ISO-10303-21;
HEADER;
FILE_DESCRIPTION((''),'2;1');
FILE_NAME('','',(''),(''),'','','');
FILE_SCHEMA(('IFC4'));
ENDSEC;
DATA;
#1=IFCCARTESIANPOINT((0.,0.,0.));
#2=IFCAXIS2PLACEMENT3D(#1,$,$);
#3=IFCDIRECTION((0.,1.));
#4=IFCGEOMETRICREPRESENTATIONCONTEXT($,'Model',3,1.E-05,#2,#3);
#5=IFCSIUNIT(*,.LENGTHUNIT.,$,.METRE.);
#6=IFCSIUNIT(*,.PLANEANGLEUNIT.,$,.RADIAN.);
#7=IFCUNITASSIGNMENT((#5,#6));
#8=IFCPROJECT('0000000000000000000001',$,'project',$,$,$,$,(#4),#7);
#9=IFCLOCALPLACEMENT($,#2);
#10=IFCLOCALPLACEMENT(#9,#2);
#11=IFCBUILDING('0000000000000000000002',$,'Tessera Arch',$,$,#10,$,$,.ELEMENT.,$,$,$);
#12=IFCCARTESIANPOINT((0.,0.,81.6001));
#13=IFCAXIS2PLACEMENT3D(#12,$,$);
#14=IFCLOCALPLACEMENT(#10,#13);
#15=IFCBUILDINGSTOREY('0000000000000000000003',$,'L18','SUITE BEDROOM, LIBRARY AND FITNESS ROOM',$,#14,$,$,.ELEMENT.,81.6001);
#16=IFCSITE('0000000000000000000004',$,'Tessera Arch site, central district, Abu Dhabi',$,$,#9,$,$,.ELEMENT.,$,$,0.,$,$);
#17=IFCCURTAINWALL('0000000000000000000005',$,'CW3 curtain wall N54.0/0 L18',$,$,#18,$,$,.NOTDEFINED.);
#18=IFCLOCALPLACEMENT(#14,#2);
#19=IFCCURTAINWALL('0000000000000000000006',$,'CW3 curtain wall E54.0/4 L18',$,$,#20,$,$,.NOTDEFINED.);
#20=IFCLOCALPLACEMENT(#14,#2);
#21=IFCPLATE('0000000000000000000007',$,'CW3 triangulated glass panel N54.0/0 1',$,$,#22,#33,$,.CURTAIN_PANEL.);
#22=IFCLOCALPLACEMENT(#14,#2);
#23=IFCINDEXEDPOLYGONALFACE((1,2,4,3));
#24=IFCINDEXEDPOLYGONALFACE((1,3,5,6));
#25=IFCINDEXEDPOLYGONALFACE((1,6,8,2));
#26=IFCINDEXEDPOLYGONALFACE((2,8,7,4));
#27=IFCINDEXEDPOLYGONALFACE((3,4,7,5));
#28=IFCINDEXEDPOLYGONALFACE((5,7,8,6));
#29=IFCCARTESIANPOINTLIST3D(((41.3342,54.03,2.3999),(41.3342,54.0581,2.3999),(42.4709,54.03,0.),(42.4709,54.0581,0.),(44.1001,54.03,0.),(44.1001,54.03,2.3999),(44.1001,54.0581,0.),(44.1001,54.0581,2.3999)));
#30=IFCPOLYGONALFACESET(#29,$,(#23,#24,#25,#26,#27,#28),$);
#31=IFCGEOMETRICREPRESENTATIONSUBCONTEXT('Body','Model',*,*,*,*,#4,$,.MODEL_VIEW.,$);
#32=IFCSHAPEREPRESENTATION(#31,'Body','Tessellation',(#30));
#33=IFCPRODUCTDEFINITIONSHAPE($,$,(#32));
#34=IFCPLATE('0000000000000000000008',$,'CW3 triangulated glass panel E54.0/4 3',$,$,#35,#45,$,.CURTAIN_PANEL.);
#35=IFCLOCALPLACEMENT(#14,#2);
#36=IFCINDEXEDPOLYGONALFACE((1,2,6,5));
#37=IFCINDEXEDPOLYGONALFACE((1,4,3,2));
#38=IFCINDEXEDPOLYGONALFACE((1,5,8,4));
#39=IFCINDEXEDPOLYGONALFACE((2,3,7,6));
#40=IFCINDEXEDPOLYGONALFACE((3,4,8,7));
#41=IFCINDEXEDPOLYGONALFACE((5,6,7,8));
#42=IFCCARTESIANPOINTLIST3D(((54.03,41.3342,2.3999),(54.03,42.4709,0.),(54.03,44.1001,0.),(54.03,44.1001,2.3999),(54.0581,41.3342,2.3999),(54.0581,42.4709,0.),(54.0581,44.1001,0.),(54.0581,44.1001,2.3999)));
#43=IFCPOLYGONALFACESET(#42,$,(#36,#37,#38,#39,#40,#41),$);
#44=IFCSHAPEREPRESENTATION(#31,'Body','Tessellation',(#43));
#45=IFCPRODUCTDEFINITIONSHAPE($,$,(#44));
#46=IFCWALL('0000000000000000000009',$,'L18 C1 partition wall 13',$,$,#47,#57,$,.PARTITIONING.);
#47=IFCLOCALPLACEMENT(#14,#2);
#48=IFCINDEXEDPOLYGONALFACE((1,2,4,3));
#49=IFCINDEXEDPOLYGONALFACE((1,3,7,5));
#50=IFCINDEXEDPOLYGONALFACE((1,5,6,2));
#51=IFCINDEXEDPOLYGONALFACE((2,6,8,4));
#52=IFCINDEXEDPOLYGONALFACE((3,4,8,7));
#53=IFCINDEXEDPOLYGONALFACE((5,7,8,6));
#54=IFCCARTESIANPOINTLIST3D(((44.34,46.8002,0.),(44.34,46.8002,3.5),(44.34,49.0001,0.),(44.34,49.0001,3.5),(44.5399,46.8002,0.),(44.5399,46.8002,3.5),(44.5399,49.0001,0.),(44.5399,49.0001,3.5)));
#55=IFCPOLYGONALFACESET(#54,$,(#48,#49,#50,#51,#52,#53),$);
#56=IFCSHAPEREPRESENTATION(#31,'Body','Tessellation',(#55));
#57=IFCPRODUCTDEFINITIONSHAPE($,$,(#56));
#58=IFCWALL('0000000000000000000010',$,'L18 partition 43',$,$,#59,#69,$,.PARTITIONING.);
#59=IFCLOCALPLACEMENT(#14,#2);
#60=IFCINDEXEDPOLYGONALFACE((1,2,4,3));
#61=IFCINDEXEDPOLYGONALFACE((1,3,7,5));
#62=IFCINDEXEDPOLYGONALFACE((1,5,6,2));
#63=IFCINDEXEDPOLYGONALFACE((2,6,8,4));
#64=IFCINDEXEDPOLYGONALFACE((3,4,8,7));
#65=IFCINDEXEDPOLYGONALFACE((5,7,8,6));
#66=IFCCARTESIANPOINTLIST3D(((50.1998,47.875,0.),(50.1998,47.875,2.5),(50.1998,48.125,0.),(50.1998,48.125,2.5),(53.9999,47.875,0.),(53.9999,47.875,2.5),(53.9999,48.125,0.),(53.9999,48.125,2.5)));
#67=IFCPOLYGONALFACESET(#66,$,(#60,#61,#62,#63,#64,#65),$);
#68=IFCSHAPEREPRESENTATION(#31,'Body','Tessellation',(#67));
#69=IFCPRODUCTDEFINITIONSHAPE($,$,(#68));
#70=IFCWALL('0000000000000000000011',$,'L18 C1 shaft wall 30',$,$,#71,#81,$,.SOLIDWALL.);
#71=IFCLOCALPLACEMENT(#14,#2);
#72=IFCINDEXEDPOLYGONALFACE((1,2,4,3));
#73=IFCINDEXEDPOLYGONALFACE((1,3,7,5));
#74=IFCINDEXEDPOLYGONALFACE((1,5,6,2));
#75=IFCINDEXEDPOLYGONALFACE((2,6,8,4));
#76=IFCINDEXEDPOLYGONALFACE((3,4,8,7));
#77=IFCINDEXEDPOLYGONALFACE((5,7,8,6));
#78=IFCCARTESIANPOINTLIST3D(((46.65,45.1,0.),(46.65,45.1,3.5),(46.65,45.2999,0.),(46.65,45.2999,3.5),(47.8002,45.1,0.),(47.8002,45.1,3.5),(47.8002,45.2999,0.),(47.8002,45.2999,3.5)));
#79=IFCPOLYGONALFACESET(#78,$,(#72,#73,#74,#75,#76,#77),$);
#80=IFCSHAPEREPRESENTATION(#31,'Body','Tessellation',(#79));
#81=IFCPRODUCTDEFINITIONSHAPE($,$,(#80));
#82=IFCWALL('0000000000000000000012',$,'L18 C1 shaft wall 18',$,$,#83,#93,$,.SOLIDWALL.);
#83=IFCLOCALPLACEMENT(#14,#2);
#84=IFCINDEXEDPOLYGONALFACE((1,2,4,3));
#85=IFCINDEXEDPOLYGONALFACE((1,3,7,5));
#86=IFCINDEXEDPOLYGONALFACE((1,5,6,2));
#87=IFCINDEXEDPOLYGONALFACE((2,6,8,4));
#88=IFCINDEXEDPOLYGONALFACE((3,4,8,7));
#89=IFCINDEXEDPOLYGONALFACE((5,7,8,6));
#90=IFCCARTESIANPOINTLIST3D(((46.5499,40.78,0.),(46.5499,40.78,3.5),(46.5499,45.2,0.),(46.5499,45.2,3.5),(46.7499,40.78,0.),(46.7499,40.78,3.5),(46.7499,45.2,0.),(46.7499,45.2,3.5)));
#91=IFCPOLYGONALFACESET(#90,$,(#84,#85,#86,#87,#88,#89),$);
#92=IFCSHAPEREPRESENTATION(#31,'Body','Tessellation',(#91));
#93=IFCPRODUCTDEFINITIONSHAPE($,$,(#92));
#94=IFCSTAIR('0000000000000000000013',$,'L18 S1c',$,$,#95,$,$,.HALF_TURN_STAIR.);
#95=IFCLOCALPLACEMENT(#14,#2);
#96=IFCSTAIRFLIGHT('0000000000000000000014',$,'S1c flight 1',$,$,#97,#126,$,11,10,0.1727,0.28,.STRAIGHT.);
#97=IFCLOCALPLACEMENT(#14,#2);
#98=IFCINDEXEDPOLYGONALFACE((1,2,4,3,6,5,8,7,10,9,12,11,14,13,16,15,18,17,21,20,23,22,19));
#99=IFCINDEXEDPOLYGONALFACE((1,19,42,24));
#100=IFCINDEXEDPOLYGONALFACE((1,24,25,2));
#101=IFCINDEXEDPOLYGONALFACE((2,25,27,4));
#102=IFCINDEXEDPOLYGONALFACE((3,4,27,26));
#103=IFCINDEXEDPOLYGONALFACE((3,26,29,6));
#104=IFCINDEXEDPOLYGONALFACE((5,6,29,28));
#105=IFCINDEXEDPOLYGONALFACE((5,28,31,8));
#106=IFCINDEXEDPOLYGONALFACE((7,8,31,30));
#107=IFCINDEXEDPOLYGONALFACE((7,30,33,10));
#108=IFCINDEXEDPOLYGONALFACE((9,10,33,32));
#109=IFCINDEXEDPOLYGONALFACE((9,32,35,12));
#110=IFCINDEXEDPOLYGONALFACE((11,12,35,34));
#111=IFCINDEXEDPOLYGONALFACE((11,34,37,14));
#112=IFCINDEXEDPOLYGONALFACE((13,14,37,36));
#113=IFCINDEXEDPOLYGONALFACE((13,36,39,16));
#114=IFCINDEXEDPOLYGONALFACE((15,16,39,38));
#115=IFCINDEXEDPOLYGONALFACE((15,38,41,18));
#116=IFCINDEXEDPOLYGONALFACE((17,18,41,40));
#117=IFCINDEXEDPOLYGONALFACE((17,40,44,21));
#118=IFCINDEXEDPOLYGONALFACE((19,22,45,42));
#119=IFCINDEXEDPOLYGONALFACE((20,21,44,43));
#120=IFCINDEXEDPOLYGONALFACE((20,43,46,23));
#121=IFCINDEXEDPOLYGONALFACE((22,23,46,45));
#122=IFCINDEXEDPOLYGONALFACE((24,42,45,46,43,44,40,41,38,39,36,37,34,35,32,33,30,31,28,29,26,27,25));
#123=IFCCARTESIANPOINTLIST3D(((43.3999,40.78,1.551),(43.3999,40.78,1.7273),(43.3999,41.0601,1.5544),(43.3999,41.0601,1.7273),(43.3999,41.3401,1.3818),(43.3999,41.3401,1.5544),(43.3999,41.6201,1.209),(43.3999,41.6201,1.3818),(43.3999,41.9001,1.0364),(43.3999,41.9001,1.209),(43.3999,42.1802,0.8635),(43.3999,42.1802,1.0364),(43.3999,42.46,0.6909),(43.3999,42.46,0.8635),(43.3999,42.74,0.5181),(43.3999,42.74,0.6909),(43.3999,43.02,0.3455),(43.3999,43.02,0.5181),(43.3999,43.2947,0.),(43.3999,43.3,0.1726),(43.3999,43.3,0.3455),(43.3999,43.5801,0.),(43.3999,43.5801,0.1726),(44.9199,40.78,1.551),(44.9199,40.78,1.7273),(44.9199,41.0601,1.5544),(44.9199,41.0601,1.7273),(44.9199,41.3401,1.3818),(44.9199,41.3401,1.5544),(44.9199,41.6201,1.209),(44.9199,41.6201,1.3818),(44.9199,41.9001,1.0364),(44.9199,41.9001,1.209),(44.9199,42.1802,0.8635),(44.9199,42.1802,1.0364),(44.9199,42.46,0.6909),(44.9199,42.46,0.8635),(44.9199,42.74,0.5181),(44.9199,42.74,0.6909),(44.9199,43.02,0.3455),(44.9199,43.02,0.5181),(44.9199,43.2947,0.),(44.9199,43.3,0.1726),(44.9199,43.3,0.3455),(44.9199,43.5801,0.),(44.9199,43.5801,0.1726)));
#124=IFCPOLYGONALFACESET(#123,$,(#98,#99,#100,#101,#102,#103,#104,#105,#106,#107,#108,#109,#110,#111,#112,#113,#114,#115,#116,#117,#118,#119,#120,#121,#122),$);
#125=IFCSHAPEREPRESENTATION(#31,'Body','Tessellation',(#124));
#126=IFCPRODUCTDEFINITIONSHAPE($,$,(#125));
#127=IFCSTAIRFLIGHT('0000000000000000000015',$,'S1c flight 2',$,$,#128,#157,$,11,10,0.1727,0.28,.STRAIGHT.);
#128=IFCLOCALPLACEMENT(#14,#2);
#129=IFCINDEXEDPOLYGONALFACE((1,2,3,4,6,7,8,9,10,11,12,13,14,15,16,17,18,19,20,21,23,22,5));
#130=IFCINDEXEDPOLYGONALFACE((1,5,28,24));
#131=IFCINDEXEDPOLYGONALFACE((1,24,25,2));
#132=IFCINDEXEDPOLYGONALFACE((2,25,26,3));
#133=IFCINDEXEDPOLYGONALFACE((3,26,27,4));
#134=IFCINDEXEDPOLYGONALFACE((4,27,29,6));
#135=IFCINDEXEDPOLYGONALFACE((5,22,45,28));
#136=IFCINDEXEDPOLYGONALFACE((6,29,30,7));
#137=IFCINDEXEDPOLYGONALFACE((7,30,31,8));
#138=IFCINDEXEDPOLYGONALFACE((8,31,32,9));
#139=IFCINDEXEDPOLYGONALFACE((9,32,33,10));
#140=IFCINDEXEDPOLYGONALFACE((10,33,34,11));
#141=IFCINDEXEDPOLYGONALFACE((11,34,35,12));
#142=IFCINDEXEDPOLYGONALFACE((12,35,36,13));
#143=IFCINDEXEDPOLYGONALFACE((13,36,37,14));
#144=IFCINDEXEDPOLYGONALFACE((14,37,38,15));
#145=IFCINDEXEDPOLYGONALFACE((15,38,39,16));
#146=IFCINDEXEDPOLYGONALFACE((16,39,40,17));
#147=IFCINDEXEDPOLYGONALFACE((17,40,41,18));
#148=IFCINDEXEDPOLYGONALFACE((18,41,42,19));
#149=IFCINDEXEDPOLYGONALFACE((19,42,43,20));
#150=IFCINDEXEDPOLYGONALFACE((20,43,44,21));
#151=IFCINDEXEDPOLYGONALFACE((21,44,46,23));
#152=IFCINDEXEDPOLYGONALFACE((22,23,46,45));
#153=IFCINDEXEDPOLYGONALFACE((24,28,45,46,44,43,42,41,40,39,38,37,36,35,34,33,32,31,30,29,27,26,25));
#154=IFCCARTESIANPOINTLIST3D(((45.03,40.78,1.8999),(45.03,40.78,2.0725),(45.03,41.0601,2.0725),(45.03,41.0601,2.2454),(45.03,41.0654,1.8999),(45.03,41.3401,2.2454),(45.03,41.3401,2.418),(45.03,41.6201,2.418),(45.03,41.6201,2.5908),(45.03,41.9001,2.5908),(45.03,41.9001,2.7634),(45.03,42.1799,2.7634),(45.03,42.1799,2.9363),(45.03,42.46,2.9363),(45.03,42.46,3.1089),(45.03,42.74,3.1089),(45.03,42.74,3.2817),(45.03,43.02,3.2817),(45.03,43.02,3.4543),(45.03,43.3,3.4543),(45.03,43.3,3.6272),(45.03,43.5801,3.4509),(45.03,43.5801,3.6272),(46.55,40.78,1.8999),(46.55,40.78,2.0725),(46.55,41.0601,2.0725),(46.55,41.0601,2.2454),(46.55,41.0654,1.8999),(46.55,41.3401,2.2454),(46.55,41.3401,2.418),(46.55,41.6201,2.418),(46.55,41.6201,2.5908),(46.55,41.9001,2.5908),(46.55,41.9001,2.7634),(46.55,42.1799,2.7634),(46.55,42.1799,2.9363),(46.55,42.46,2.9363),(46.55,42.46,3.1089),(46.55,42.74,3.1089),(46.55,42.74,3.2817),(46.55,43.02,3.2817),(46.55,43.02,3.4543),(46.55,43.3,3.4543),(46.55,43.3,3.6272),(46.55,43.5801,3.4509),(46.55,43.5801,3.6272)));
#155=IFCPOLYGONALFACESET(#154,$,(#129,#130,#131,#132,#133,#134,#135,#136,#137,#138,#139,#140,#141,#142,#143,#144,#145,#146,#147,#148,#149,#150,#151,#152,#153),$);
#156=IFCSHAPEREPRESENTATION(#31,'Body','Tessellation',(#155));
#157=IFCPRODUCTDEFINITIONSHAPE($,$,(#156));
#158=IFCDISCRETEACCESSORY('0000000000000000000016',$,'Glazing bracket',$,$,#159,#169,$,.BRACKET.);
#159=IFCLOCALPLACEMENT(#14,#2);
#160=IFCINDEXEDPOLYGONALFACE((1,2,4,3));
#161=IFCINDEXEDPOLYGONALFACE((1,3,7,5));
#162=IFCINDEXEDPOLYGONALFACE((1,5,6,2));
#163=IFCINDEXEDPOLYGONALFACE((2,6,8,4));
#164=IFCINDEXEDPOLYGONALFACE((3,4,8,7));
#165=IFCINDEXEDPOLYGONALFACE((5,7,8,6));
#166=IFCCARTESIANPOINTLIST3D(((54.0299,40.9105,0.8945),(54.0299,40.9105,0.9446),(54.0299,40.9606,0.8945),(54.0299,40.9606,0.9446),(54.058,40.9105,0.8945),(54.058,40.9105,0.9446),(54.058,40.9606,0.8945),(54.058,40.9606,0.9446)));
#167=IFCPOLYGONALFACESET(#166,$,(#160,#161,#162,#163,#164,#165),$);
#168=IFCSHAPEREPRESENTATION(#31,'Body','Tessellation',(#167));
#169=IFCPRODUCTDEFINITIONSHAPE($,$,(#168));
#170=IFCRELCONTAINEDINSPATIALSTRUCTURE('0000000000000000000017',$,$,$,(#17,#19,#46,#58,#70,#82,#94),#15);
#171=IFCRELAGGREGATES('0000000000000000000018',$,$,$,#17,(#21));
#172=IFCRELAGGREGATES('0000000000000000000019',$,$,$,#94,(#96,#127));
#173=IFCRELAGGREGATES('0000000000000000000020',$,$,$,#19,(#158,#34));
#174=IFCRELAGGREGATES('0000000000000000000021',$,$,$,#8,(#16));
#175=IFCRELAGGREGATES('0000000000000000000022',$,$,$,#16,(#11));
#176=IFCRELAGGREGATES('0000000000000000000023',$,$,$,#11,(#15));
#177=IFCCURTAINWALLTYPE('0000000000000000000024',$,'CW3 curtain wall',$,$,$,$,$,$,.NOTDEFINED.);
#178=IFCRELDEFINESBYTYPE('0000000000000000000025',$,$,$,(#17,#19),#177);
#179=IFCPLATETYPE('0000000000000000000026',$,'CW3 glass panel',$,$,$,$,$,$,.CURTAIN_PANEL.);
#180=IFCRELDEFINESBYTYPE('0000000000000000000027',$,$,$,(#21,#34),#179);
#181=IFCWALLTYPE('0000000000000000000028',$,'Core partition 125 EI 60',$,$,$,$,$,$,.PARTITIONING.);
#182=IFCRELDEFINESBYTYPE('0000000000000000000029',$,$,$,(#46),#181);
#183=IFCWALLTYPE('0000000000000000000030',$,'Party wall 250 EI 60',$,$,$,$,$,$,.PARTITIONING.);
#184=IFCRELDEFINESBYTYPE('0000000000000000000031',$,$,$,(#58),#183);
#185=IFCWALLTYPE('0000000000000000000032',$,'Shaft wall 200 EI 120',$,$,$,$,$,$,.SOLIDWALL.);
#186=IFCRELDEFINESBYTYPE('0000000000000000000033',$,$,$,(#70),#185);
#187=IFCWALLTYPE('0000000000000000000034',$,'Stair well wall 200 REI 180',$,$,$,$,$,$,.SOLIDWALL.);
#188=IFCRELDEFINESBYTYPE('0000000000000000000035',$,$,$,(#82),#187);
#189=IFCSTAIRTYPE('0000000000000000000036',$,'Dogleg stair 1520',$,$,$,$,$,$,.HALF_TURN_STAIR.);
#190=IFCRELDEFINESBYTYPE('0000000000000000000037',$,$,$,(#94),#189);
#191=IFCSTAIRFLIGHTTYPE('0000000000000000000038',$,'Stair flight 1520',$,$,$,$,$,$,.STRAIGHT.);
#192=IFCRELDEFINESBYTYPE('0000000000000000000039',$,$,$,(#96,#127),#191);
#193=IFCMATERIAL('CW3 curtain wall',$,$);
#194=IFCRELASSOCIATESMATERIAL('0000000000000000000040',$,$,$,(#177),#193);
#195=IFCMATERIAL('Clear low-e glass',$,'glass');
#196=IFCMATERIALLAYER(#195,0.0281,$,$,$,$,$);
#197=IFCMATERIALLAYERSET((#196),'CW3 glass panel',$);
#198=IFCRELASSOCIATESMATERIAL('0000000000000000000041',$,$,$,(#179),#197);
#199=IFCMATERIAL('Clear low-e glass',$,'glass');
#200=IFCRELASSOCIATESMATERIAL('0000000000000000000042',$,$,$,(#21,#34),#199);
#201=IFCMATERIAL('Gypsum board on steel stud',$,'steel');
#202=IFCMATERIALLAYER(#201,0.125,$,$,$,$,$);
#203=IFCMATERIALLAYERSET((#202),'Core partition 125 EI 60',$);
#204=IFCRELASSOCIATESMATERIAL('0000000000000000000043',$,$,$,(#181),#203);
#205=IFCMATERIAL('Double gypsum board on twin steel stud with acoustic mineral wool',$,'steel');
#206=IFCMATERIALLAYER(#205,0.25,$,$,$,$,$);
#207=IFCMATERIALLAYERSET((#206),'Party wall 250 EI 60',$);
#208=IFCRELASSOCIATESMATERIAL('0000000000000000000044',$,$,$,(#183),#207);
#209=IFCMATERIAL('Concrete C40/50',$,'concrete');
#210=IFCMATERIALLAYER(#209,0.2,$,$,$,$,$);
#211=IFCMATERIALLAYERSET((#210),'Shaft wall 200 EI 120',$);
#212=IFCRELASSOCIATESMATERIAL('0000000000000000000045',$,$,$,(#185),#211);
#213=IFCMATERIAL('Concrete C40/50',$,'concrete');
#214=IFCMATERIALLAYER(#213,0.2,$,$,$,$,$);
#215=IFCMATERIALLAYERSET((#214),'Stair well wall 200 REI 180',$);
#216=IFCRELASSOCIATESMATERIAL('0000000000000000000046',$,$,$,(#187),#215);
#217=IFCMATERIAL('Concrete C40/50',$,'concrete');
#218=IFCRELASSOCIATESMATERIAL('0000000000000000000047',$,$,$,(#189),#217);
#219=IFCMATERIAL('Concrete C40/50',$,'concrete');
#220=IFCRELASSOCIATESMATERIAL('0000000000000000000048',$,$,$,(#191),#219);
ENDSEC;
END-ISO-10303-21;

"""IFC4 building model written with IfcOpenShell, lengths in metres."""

from ifc_helpers import new_model, si_unit, direction, frame, frame_2d, origin, origin_2d, place, context, subcontext, project, spatial, polyline, rectangle, outline, extrude, material, layer, layer_set, type_object, element, aggregate, save


model = new_model("IFC4")

# Units and contexts
model_context = context("Model", 3, precision=1e-05, world=origin(), true_north=direction((0.0, 1.0)))
body_context = subcontext(model_context, "Body", "Model", "MODEL_VIEW")
ifc_project = project(units=[si_unit("LENGTHUNIT", "METRE"), si_unit("PLANEANGLEUNIT", "RADIAN")], contexts=[model_context])

# Site, building, storey
site_placement = place(None, origin())
site = spatial("IfcSite", under=ifc_project, at=site_placement, Name="Tessera Arch site, central district, Abu Dhabi", CompositionType="ELEMENT", RefElevation=0.0)
building_placement = place(site_placement, origin())
building = spatial("IfcBuilding", under=site, at=building_placement, Name="Tessera Arch", CompositionType="ELEMENT")
storey_placement = place(building_placement, frame((0.0, 0.0, 81.6001)))
storey = spatial("IfcBuildingStorey", under=building, at=storey_placement, Name="L18", Description="SUITE BEDROOM, LIBRARY AND FITNESS ROOM", CompositionType="ELEMENT", Elevation=81.6001)

# Curtain wall
ifc_material_1 = material(Name="CW3 curtain wall")
curtain_wall_type_1 = type_object("IfcCurtainWallType", Name="CW3 curtain wall", PredefinedType="NOTDEFINED", material=ifc_material_1)
curtain_wall_1_placement = place(storey_placement, origin())
curtain_wall_1 = element("IfcCurtainWall", 1, at=curtain_wall_1_placement, inside=storey, type_object=curtain_wall_type_1, Name="CW3 curtain wall N54.0/0 L18", PredefinedType="NOTDEFINED")

# Shared definitions
ifc_material_2 = material(Name="Clear low-e glass", Category="glass")

# Curtain wall
curtain_wall_2_placement = place(storey_placement, origin())
curtain_wall_2 = element("IfcCurtainWall", 2, at=curtain_wall_2_placement, inside=storey, type_object=curtain_wall_type_1, Name="CW3 curtain wall E54.0/4 L18", PredefinedType="NOTDEFINED")

# Plates
ifc_material_3 = material(Name="Clear low-e glass", Category="glass")
ifc_layer_1 = layer(ifc_material_3, 0.0281)
ifc_layer_set_1 = layer_set([ifc_layer_1], Name="CW3 glass panel")
plate_type_1 = type_object("IfcPlateType", Name="CW3 glass panel", PredefinedType="CURTAIN_PANEL", material=ifc_layer_set_1)
plate_1_placement = place(storey_placement, frame((44.1001, 54.0581, 0.0), z_axis=(0.0, 1.0, 0.0), x_axis=(-1.0, 0.0, 0.0)))
plate_1 = element("IfcPlate", 3, at=plate_1_placement, type_object=plate_type_1, material=ifc_material_2, Name="CW3 triangulated glass panel N54.0/0 1", PredefinedType="CURTAIN_PANEL", context=body_context, shape_type="SweptSolid", body=[
    extrude(outline(polyline([(0.0, 0.0), (1.6292, 0.0), (2.7659, 2.3999), (0.0, 2.3999), (0.0, 0.0)])), origin(), (0.0, 0.0, -1.0), 0.0281),
])
aggregate(curtain_wall_1, [plate_1])
plate_2_placement = place(storey_placement, frame((54.0581, 44.1001, 2.3999), z_axis=(1.0, 0.0, 0.0), x_axis=(0.0, -1.0, 0.0)))
plate_2 = element("IfcPlate", 4, at=plate_2_placement, type_object=plate_type_1, material=ifc_material_2, Name="CW3 triangulated glass panel E54.0/4 3", PredefinedType="CURTAIN_PANEL", context=body_context, shape_type="SweptSolid", body=[
    extrude(outline(polyline([(0.0, 0.0), (2.7659, 0.0), (1.6292, 2.3999), (0.0, 2.3999), (0.0, 0.0)])), origin(), (0.0, 0.0, -1.0), 0.0281),
])

# Walls
ifc_material_4 = material(Name="Gypsum board on steel stud", Category="steel")
ifc_layer_2 = layer(ifc_material_4, 0.125)
ifc_layer_set_2 = layer_set([ifc_layer_2], Name="Core partition 125 EI 60")
wall_type_1 = type_object("IfcWallType", Name="Core partition 125 EI 60", PredefinedType="PARTITIONING", material=ifc_layer_set_2)
wall_1_placement = place(storey_placement, frame((44.4399, 46.8, 0.0), z_axis=(0.0, 0.0, 1.0), x_axis=(0.0, 1.0, 0.0)))
element("IfcWall", 5, at=wall_1_placement, inside=storey, type_object=wall_type_1, Name="L18 C1 partition wall 13", PredefinedType="PARTITIONING", context=body_context, shape_type="SweptSolid", body=[
    extrude(rectangle(XDim=2.2, YDim=0.2, at=frame_2d((1.1001, 0.0))), origin(), (0.0, 0.0, 1.0), 3.5),
])
ifc_material_5 = material(Name="Double gypsum board on twin steel stud with acoustic mineral wool", Category="steel")
ifc_layer_3 = layer(ifc_material_5, 0.25)
ifc_layer_set_3 = layer_set([ifc_layer_3], Name="Party wall 250 EI 60")
wall_type_2 = type_object("IfcWallType", Name="Party wall 250 EI 60", PredefinedType="PARTITIONING", material=ifc_layer_set_3)
wall_2_placement = place(storey_placement, frame((50.2, 48.0, 0.0), z_axis=(0.0, 0.0, 1.0), x_axis=(1.0, 0.0, 0.0)))
element("IfcWall", 6, at=wall_2_placement, inside=storey, type_object=wall_type_2, Name="L18 partition 43", PredefinedType="PARTITIONING", context=body_context, shape_type="SweptSolid", body=[
    extrude(rectangle(XDim=3.8, YDim=0.25, at=frame_2d((1.8999, 0.0))), origin(), (0.0, 0.0, 1.0), 2.5),
])
ifc_material_6 = material(Name="Concrete C40/50", Category="concrete")
ifc_layer_4 = layer(ifc_material_6, 0.2)
ifc_layer_set_4 = layer_set([ifc_layer_4], Name="Shaft wall 200 EI 120")
wall_type_3 = type_object("IfcWallType", Name="Shaft wall 200 EI 120", PredefinedType="SOLIDWALL", material=ifc_layer_set_4)
wall_3_placement = place(storey_placement, frame((46.6499, 45.2, 0.0), z_axis=(0.0, 0.0, 1.0), x_axis=(1.0, 0.0, 0.0)))
element("IfcWall", 7, at=wall_3_placement, inside=storey, type_object=wall_type_3, Name="L18 C1 shaft wall 30", PredefinedType="SOLIDWALL", context=body_context, shape_type="SweptSolid", body=[
    extrude(rectangle(XDim=1.1501, YDim=0.2, at=frame_2d((0.5752, 0.0))), origin(), (0.0, 0.0, 1.0), 3.5),
])
ifc_material_7 = material(Name="Concrete C40/50", Category="concrete")
ifc_layer_5 = layer(ifc_material_7, 0.2)
ifc_layer_set_5 = layer_set([ifc_layer_5], Name="Stair well wall 200 REI 180")
wall_type_4 = type_object("IfcWallType", Name="Stair well wall 200 REI 180", PredefinedType="SOLIDWALL", material=ifc_layer_set_5)
wall_4_placement = place(storey_placement, frame((46.6499, 40.78, 0.0), z_axis=(0.0, 0.0, 1.0), x_axis=(0.0, 1.0, 0.0)))
element("IfcWall", 8, at=wall_4_placement, inside=storey, type_object=wall_type_4, Name="L18 C1 shaft wall 18", PredefinedType="SOLIDWALL", context=body_context, shape_type="SweptSolid", body=[
    extrude(rectangle(XDim=4.4199, YDim=0.2, at=frame_2d((2.21, 0.0))), origin(), (0.0, 0.0, 1.0), 3.5),
])

# Stair, stair flights
ifc_material_8 = material(Name="Concrete C40/50", Category="concrete")
stair_type = type_object("IfcStairType", Name="Dogleg stair 1520", PredefinedType="HALF_TURN_STAIR", material=ifc_material_8)
stair_placement = place(storey_placement, origin())
stair = element("IfcStair", 9, at=stair_placement, inside=storey, type_object=stair_type, Name="L18 S1c", PredefinedType="HALF_TURN_STAIR")
ifc_material_9 = material(Name="Concrete C40/50", Category="concrete")
stair_flight_type = type_object("IfcStairFlightType", Name="Stair flight 1520", PredefinedType="STRAIGHT", material=ifc_material_9)
stair_flight_1_placement = place(storey_placement, frame((44.1599, 43.5801, 0.0), z_axis=(0.0, 0.0, 1.0), x_axis=(0.0, -1.0, 0.0)))
stair_flight_1 = element("IfcStairFlight", 10, at=stair_flight_1_placement, type_object=stair_flight_type, Name="S1c flight 1", NumberOfRisers=11, NumberOfTreads=10, PredefinedType="STRAIGHT", RiserHeight=0.1727, TreadLength=0.28, context=body_context, shape_type="SweptSolid", body=[
    extrude(outline(polyline([(0.0, 0.0), (0.0, 0.1726), (0.28, 0.1726), (0.28, 0.3455), (0.5601, 0.3455), (0.5601, 0.5181), (0.8401, 0.5181), (0.8401, 0.6909), (1.1201, 0.6909), (1.1201, 0.8635), (1.3999, 0.8635), (1.3999, 1.0364), (1.6799, 1.0364), (1.6799, 1.209), (1.96, 1.209), (1.96, 1.3818), (2.24, 1.3818), (2.24, 1.5544), (2.52, 1.5544), (2.52, 1.7273), (2.8, 1.7273), (2.8, 1.8999), (2.8, 1.551), (0.2854, 0.0), (0.0, 0.0)])), frame((0.0, 0.76, 0.0), z_axis=(0.0, -1.0, 0.0), x_axis=(1.0, 0.0, 0.0)), (0.0, 0.0, 1.0), 1.52),
])
stair_flight_2_placement = place(storey_placement, frame((45.79, 40.78, 1.8999), z_axis=(0.0, 0.0, 1.0), x_axis=(0.0, 1.0, 0.0)))
stair_flight_2 = element("IfcStairFlight", 11, at=stair_flight_2_placement, type_object=stair_flight_type, Name="S1c flight 2", NumberOfRisers=11, NumberOfTreads=10, PredefinedType="STRAIGHT", RiserHeight=0.1727, TreadLength=0.28, context=body_context, shape_type="SweptSolid", body=[
    extrude(outline(polyline([(0.0, 0.0), (0.0, 0.1726), (0.28, 0.1726), (0.28, 0.3455), (0.5601, 0.3455), (0.5601, 0.5181), (0.8401, 0.5181), (0.8401, 0.6909), (1.1201, 0.6909), (1.1201, 0.8635), (1.3999, 0.8635), (1.3999, 1.0364), (1.6799, 1.0364), (1.6799, 1.209), (1.96, 1.209), (1.96, 1.3818), (2.24, 1.3818), (2.24, 1.5544), (2.52, 1.5544), (2.52, 1.7273), (2.8, 1.7273), (2.8, 1.8999), (2.8, 1.551), (0.2854, 0.0), (0.0, 0.0)])), frame((0.0, 0.76, 0.0), z_axis=(0.0, -1.0, 0.0), x_axis=(1.0, 0.0, 0.0)), (0.0, 0.0, 1.0), 1.52),
])
aggregate(stair, [stair_flight_1, stair_flight_2])

# Discrete accessory
discrete_accessory_placement = place(storey_placement, frame((54.0439, 40.9355, 0.8945), z_axis=(0.0, 0.0, 1.0), x_axis=(0.0, 1.0, 0.0)))
discrete_accessory = element("IfcDiscreteAccessory", 12, at=discrete_accessory_placement, Name="Glazing bracket", PredefinedType="BRACKET", context=body_context, shape_type="SweptSolid", body=[
    extrude(rectangle(XDim=0.05, YDim=0.0281, at=origin_2d()), origin(), (0.0, 0.0, 1.0), 0.05),
])
aggregate(curtain_wall_2, [discrete_accessory, plate_2])

save(model, "model.ifc")
